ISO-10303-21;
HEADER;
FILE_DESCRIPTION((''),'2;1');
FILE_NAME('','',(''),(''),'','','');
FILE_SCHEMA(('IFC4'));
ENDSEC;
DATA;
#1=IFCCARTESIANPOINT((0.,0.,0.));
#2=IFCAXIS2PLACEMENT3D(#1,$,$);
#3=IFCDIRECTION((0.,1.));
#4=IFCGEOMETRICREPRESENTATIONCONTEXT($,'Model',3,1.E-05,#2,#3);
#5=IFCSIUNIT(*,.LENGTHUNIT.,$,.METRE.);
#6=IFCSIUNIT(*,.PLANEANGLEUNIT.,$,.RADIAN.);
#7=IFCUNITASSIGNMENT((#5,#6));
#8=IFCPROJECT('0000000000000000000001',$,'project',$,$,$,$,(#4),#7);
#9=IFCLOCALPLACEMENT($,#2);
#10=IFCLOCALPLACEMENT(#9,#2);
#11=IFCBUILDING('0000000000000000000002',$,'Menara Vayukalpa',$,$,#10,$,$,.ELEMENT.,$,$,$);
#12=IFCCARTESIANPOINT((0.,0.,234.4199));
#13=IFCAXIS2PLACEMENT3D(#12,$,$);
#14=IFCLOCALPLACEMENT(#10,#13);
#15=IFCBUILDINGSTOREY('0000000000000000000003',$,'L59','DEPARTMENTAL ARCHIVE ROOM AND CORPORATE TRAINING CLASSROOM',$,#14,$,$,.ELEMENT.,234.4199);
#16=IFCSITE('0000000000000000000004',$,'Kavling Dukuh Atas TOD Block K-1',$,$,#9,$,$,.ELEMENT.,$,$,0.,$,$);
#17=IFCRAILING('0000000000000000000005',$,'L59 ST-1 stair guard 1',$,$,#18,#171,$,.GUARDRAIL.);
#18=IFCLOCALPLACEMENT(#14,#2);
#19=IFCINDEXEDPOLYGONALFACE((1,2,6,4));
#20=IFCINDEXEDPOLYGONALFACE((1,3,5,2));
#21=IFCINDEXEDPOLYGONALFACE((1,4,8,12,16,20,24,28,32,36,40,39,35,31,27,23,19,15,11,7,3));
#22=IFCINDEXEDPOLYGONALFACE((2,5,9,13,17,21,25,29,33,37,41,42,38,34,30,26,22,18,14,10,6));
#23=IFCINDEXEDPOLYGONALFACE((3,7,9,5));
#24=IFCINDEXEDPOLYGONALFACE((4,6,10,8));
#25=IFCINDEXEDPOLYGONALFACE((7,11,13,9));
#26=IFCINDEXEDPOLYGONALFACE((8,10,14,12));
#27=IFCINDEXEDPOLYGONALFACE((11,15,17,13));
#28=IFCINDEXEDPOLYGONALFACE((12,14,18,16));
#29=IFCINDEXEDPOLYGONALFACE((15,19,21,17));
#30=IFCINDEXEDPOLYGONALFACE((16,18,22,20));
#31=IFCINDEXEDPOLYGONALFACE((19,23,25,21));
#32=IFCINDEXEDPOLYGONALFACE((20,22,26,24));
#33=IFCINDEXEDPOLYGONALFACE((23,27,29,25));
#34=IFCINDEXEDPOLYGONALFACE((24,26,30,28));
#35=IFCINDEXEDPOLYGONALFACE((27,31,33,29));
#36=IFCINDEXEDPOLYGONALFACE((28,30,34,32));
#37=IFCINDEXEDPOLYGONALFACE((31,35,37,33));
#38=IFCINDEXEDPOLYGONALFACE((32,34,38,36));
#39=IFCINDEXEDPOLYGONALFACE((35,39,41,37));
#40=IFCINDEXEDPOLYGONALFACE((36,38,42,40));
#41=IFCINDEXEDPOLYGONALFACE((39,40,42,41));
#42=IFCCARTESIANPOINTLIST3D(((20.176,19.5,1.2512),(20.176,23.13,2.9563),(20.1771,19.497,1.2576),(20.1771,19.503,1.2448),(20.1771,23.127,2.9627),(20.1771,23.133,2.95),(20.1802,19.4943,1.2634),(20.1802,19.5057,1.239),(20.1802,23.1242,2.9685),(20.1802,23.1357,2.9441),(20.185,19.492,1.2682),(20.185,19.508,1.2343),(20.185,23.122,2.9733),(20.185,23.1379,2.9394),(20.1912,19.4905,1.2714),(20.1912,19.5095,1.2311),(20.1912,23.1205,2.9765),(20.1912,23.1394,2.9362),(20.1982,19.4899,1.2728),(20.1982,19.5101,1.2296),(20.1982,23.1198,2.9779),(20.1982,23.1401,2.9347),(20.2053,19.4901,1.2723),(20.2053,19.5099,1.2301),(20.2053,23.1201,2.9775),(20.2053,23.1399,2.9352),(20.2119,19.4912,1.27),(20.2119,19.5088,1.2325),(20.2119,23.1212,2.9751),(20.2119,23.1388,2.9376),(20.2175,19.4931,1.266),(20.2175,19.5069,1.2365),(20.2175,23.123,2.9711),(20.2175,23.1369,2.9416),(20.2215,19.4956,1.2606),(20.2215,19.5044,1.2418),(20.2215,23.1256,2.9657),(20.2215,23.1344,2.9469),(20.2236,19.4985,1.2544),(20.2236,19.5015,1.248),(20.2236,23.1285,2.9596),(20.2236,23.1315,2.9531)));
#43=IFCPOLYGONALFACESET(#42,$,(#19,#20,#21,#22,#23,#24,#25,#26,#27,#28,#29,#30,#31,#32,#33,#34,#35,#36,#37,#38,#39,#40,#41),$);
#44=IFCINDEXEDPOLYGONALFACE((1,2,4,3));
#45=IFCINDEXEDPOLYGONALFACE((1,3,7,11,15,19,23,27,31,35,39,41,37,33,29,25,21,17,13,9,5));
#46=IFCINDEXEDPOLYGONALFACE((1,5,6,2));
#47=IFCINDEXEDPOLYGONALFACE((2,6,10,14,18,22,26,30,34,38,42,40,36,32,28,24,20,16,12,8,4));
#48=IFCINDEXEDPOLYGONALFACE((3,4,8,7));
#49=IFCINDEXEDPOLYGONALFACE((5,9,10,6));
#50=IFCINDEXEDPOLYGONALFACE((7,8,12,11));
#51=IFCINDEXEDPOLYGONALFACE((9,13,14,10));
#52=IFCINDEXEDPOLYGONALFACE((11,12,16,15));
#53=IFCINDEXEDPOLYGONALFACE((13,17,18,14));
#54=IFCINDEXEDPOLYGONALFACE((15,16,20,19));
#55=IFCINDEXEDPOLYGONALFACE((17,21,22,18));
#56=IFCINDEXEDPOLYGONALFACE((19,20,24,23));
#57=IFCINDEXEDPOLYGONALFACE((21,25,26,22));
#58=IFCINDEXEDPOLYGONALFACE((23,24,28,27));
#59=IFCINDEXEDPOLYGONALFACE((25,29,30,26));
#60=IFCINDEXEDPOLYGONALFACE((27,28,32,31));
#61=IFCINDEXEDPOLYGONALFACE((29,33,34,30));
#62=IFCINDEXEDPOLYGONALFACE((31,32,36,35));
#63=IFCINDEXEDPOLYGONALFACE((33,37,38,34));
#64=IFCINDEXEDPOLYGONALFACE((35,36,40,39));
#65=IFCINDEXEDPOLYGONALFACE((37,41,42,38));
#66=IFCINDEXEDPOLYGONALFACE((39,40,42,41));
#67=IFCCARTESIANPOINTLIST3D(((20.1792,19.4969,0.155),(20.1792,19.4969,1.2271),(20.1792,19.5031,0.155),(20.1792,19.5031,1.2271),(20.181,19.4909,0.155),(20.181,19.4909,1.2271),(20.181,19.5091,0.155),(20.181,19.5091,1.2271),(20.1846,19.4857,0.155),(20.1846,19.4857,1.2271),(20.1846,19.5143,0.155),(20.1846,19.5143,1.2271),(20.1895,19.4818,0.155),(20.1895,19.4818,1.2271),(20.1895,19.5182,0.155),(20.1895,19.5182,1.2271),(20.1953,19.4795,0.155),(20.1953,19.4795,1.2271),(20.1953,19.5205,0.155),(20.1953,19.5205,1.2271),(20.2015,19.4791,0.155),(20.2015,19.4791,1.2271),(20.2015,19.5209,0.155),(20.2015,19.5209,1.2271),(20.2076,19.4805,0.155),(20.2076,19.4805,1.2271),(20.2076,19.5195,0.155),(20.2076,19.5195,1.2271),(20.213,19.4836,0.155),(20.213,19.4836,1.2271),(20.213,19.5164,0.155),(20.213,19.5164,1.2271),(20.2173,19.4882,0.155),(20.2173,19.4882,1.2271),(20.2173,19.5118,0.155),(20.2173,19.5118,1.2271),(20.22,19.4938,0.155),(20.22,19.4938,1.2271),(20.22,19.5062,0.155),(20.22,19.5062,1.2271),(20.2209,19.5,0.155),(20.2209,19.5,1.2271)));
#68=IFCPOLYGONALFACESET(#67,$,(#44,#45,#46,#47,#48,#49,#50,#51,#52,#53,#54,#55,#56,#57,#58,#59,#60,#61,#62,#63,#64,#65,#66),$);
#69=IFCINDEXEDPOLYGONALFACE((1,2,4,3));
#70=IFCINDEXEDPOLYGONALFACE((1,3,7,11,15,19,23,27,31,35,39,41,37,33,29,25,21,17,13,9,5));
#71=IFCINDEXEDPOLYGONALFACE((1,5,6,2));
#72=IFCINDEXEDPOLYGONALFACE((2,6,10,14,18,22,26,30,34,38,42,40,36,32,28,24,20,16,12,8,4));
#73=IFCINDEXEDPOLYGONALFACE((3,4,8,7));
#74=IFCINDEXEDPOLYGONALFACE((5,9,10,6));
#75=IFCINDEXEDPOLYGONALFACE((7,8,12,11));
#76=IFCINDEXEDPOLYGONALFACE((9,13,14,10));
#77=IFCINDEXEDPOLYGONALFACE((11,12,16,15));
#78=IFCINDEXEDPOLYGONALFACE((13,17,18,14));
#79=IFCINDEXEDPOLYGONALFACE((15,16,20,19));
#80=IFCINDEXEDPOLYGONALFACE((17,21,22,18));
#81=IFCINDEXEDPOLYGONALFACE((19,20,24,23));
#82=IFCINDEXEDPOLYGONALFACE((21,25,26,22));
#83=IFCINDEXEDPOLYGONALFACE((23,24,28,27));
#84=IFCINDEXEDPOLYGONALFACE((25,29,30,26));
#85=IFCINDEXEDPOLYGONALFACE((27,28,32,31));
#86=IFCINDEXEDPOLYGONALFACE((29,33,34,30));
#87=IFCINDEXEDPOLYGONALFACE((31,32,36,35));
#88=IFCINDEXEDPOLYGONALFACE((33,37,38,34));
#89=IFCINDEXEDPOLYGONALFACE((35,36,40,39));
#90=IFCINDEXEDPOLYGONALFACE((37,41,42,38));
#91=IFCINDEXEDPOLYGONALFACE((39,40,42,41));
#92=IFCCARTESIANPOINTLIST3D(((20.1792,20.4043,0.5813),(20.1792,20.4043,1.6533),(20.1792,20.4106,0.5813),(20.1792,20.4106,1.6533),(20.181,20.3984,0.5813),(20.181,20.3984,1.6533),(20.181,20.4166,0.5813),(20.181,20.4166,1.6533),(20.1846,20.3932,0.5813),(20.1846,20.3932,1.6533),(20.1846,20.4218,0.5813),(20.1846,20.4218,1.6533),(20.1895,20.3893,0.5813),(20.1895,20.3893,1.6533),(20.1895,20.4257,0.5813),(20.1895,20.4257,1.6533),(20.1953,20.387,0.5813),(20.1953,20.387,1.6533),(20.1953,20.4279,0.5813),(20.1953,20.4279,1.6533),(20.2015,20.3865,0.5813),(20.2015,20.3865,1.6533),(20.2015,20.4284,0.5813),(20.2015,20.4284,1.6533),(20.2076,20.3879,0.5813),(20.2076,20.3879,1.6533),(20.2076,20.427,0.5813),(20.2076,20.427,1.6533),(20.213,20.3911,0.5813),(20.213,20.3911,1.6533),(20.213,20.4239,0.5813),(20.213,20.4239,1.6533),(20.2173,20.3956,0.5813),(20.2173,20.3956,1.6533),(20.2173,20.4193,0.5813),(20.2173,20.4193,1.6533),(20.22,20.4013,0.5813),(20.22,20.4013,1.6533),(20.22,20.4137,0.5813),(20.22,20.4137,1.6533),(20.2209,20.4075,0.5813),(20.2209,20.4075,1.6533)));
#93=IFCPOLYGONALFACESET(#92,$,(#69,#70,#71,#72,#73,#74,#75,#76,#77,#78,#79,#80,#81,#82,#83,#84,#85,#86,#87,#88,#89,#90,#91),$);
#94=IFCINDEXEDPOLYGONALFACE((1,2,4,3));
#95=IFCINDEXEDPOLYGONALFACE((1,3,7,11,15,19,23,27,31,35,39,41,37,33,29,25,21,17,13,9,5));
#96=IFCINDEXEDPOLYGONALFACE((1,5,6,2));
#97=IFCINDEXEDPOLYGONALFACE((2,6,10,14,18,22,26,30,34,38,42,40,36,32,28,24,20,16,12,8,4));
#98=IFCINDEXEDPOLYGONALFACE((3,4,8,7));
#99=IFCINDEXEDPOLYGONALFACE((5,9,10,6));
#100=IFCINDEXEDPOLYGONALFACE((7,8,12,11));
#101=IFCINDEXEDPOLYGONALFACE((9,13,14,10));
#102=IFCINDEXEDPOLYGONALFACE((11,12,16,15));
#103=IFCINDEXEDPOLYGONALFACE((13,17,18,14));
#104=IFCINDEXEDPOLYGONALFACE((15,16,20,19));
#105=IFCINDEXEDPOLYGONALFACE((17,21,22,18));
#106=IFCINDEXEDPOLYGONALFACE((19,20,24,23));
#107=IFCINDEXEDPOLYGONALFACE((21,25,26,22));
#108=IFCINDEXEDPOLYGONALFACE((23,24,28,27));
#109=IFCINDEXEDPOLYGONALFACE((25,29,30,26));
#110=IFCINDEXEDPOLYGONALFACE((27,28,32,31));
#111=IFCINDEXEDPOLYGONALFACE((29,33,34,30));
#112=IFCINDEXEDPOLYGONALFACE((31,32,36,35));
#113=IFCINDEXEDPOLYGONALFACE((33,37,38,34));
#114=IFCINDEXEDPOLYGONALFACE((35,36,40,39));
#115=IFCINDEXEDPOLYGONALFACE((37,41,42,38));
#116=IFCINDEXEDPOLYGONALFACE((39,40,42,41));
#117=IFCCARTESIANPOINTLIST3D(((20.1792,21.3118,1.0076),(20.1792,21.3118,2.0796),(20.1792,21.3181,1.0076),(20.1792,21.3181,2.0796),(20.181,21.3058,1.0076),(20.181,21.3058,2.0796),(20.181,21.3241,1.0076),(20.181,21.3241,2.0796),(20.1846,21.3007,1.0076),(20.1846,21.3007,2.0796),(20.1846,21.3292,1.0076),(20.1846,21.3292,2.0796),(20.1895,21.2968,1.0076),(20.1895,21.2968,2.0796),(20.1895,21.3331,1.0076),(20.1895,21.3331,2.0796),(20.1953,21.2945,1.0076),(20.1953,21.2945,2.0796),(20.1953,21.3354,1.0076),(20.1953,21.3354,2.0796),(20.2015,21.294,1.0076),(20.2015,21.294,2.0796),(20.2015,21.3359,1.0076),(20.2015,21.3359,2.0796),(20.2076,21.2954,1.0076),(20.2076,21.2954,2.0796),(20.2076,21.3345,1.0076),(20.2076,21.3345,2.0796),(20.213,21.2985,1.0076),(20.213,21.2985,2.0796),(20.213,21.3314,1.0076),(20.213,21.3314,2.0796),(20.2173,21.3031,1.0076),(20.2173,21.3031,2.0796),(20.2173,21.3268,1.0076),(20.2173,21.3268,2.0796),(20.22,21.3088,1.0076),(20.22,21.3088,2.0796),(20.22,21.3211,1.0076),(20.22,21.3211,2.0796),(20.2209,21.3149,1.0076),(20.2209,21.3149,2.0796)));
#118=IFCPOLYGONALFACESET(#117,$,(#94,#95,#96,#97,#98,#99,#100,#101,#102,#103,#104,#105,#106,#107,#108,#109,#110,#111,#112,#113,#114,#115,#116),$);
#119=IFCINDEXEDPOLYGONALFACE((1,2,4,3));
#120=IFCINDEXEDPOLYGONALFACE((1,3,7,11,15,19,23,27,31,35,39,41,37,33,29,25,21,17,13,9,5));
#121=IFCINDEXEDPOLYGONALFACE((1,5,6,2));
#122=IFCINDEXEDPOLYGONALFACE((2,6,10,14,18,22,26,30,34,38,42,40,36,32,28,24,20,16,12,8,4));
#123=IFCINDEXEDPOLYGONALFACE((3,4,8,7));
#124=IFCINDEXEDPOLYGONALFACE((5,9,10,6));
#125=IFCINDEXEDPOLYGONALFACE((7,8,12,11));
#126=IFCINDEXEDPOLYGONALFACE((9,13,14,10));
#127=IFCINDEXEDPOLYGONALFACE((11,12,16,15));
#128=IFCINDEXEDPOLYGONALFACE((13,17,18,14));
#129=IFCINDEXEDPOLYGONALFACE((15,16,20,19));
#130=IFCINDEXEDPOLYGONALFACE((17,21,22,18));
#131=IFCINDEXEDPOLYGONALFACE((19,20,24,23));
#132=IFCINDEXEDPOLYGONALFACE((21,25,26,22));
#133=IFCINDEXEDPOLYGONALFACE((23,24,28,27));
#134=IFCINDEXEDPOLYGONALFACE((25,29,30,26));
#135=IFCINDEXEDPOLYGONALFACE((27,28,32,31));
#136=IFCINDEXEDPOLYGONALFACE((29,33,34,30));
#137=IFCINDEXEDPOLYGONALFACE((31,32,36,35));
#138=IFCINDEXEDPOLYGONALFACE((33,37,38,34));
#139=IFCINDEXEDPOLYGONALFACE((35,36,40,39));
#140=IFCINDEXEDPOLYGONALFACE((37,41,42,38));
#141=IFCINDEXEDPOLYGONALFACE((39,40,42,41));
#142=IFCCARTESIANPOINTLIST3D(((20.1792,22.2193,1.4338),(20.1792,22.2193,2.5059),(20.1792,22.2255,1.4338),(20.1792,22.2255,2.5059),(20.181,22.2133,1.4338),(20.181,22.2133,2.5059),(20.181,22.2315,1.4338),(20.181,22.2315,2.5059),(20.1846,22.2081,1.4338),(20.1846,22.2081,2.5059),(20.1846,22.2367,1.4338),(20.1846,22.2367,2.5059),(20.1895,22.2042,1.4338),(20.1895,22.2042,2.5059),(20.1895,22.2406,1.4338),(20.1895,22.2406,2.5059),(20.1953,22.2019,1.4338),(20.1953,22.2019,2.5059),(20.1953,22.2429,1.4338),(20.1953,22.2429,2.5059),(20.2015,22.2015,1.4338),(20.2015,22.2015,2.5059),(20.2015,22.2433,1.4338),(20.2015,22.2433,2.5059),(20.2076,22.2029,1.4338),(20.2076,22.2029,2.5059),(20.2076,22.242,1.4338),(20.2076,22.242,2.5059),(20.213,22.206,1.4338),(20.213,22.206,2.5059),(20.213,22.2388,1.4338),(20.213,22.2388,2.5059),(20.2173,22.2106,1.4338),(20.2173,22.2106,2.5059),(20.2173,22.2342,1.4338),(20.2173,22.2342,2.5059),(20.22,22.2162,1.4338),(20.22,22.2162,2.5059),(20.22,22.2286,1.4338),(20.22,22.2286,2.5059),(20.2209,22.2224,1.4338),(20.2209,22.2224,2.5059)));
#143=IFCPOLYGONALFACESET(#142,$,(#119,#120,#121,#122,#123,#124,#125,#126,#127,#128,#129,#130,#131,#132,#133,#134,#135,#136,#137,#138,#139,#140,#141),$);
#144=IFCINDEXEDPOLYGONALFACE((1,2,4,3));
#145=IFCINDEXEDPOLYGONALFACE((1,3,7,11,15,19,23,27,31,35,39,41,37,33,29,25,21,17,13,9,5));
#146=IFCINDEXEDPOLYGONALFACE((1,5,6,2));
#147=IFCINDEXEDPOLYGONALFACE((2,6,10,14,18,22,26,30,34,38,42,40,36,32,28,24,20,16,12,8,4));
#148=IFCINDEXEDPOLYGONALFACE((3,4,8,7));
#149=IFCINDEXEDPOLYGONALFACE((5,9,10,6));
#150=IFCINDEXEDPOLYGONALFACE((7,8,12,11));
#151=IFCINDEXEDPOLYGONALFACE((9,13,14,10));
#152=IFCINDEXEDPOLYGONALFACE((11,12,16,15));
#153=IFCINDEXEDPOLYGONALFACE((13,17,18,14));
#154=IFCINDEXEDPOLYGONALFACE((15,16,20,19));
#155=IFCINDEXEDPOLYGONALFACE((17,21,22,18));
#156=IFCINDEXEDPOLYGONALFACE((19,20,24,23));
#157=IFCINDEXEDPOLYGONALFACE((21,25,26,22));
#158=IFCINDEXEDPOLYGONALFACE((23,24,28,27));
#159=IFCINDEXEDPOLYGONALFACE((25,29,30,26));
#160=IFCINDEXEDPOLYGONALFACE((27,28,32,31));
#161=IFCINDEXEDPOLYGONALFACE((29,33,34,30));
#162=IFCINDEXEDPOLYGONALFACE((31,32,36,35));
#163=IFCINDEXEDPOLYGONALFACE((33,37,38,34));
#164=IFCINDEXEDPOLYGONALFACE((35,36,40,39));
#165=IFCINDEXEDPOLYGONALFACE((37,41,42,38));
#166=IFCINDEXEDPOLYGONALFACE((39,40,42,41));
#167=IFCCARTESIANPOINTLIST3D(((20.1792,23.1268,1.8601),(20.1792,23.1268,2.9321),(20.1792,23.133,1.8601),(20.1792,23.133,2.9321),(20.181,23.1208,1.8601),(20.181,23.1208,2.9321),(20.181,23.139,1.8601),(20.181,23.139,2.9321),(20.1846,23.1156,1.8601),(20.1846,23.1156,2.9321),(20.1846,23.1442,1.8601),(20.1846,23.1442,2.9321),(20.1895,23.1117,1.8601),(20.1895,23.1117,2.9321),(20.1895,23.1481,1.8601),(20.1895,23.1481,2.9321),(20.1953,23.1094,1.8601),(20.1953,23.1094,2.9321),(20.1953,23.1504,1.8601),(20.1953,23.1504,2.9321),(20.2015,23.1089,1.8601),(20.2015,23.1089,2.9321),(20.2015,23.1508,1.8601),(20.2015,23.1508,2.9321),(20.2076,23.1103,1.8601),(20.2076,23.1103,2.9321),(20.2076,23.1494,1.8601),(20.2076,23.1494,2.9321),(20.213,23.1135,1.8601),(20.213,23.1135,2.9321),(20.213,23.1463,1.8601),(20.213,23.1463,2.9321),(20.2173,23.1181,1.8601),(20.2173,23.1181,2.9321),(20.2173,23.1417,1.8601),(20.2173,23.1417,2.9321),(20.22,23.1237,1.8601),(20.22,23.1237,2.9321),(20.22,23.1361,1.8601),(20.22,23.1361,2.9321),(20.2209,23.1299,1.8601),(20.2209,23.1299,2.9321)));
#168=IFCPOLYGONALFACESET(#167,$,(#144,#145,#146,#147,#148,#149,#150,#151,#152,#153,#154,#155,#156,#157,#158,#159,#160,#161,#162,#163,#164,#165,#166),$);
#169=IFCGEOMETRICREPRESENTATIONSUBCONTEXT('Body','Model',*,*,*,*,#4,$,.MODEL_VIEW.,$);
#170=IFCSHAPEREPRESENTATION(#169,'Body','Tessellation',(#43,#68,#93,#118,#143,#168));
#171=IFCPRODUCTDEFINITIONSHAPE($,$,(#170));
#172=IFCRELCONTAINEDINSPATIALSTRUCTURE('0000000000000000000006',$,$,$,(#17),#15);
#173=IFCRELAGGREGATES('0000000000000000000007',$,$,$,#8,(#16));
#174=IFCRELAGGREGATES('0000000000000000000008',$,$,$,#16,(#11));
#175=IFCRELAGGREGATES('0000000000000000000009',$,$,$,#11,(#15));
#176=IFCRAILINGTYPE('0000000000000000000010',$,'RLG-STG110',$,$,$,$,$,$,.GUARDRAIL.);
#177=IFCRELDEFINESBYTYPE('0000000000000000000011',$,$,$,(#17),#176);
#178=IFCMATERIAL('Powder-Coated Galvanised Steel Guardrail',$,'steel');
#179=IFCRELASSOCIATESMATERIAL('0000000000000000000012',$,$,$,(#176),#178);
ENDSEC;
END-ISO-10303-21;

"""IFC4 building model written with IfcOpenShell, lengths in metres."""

from ifc_helpers import new_model, si_unit, direction, frame, origin, origin_2d, place, context, subcontext, project, spatial, circle, extrude, material, type_object, element, save


model = new_model("IFC4")

# Units and contexts
model_context = context("Model", 3, precision=1e-05, world=origin(), true_north=direction((0.0, 1.0)))
body_context = subcontext(model_context, "Body", "Model", "MODEL_VIEW")
ifc_project = project(units=[si_unit("LENGTHUNIT", "METRE"), si_unit("PLANEANGLEUNIT", "RADIAN")], contexts=[model_context])

# Site, building, storey
site_placement = place(None, origin())
site = spatial("IfcSite", under=ifc_project, at=site_placement, Name="Kavling Dukuh Atas TOD Block K-1", CompositionType="ELEMENT", RefElevation=0.0)
building_placement = place(site_placement, origin())
building = spatial("IfcBuilding", under=site, at=building_placement, Name="Menara Vayukalpa", CompositionType="ELEMENT")
storey_placement = place(building_placement, frame((0.0, 0.0, 234.4199)))
storey = spatial("IfcBuildingStorey", under=building, at=storey_placement, Name="L59", Description="DEPARTMENTAL ARCHIVE ROOM AND CORPORATE TRAINING CLASSROOM", CompositionType="ELEMENT", Elevation=234.4199)

# Railing
ifc_material_1 = material(Name="Powder-Coated Galvanised Steel Guardrail", Category="steel")
railing_type = type_object("IfcRailingType", Name="RLG-STG110", PredefinedType="GUARDRAIL", material=ifc_material_1)
railing_1_placement = place(storey_placement, frame((20.2, 19.5, 0.155)))
element("IfcRailing", 1, at=railing_1_placement, inside=storey, type_object=railing_type, Name="L59 ST-1 stair guard 1", PredefinedType="GUARDRAIL", context=body_context, shape_type="SweptSolid", body=[
    extrude(circle(Radius=0.0239, at=origin_2d()), frame((0.0, 0.0, 1.0962), z_axis=(0.0, 0.905116, 0.425164), x_axis=(-1.0, 0.0, 0.0)), (0.0, 0.0, 1.0), 4.0105),
    extrude(circle(Radius=0.021, at=origin_2d()), origin(), (0.0, 0.0, 1.0), 1.072),
    extrude(circle(Radius=0.021, at=origin_2d()), frame((0.0, 0.9075, 0.4263)), (0.0, 0.0, 1.0), 1.072),
    extrude(circle(Radius=0.021, at=origin_2d()), frame((0.0, 1.8149, 0.8525)), (0.0, 0.0, 1.0), 1.072),
    extrude(circle(Radius=0.021, at=origin_2d()), frame((0.0, 2.7224, 1.2788)), (0.0, 0.0, 1.0), 1.072),
    extrude(circle(Radius=0.021, at=origin_2d()), frame((0.0, 3.6299, 1.7051)), (0.0, 0.0, 1.0), 1.072),
])

save(model, "model.ifc")
